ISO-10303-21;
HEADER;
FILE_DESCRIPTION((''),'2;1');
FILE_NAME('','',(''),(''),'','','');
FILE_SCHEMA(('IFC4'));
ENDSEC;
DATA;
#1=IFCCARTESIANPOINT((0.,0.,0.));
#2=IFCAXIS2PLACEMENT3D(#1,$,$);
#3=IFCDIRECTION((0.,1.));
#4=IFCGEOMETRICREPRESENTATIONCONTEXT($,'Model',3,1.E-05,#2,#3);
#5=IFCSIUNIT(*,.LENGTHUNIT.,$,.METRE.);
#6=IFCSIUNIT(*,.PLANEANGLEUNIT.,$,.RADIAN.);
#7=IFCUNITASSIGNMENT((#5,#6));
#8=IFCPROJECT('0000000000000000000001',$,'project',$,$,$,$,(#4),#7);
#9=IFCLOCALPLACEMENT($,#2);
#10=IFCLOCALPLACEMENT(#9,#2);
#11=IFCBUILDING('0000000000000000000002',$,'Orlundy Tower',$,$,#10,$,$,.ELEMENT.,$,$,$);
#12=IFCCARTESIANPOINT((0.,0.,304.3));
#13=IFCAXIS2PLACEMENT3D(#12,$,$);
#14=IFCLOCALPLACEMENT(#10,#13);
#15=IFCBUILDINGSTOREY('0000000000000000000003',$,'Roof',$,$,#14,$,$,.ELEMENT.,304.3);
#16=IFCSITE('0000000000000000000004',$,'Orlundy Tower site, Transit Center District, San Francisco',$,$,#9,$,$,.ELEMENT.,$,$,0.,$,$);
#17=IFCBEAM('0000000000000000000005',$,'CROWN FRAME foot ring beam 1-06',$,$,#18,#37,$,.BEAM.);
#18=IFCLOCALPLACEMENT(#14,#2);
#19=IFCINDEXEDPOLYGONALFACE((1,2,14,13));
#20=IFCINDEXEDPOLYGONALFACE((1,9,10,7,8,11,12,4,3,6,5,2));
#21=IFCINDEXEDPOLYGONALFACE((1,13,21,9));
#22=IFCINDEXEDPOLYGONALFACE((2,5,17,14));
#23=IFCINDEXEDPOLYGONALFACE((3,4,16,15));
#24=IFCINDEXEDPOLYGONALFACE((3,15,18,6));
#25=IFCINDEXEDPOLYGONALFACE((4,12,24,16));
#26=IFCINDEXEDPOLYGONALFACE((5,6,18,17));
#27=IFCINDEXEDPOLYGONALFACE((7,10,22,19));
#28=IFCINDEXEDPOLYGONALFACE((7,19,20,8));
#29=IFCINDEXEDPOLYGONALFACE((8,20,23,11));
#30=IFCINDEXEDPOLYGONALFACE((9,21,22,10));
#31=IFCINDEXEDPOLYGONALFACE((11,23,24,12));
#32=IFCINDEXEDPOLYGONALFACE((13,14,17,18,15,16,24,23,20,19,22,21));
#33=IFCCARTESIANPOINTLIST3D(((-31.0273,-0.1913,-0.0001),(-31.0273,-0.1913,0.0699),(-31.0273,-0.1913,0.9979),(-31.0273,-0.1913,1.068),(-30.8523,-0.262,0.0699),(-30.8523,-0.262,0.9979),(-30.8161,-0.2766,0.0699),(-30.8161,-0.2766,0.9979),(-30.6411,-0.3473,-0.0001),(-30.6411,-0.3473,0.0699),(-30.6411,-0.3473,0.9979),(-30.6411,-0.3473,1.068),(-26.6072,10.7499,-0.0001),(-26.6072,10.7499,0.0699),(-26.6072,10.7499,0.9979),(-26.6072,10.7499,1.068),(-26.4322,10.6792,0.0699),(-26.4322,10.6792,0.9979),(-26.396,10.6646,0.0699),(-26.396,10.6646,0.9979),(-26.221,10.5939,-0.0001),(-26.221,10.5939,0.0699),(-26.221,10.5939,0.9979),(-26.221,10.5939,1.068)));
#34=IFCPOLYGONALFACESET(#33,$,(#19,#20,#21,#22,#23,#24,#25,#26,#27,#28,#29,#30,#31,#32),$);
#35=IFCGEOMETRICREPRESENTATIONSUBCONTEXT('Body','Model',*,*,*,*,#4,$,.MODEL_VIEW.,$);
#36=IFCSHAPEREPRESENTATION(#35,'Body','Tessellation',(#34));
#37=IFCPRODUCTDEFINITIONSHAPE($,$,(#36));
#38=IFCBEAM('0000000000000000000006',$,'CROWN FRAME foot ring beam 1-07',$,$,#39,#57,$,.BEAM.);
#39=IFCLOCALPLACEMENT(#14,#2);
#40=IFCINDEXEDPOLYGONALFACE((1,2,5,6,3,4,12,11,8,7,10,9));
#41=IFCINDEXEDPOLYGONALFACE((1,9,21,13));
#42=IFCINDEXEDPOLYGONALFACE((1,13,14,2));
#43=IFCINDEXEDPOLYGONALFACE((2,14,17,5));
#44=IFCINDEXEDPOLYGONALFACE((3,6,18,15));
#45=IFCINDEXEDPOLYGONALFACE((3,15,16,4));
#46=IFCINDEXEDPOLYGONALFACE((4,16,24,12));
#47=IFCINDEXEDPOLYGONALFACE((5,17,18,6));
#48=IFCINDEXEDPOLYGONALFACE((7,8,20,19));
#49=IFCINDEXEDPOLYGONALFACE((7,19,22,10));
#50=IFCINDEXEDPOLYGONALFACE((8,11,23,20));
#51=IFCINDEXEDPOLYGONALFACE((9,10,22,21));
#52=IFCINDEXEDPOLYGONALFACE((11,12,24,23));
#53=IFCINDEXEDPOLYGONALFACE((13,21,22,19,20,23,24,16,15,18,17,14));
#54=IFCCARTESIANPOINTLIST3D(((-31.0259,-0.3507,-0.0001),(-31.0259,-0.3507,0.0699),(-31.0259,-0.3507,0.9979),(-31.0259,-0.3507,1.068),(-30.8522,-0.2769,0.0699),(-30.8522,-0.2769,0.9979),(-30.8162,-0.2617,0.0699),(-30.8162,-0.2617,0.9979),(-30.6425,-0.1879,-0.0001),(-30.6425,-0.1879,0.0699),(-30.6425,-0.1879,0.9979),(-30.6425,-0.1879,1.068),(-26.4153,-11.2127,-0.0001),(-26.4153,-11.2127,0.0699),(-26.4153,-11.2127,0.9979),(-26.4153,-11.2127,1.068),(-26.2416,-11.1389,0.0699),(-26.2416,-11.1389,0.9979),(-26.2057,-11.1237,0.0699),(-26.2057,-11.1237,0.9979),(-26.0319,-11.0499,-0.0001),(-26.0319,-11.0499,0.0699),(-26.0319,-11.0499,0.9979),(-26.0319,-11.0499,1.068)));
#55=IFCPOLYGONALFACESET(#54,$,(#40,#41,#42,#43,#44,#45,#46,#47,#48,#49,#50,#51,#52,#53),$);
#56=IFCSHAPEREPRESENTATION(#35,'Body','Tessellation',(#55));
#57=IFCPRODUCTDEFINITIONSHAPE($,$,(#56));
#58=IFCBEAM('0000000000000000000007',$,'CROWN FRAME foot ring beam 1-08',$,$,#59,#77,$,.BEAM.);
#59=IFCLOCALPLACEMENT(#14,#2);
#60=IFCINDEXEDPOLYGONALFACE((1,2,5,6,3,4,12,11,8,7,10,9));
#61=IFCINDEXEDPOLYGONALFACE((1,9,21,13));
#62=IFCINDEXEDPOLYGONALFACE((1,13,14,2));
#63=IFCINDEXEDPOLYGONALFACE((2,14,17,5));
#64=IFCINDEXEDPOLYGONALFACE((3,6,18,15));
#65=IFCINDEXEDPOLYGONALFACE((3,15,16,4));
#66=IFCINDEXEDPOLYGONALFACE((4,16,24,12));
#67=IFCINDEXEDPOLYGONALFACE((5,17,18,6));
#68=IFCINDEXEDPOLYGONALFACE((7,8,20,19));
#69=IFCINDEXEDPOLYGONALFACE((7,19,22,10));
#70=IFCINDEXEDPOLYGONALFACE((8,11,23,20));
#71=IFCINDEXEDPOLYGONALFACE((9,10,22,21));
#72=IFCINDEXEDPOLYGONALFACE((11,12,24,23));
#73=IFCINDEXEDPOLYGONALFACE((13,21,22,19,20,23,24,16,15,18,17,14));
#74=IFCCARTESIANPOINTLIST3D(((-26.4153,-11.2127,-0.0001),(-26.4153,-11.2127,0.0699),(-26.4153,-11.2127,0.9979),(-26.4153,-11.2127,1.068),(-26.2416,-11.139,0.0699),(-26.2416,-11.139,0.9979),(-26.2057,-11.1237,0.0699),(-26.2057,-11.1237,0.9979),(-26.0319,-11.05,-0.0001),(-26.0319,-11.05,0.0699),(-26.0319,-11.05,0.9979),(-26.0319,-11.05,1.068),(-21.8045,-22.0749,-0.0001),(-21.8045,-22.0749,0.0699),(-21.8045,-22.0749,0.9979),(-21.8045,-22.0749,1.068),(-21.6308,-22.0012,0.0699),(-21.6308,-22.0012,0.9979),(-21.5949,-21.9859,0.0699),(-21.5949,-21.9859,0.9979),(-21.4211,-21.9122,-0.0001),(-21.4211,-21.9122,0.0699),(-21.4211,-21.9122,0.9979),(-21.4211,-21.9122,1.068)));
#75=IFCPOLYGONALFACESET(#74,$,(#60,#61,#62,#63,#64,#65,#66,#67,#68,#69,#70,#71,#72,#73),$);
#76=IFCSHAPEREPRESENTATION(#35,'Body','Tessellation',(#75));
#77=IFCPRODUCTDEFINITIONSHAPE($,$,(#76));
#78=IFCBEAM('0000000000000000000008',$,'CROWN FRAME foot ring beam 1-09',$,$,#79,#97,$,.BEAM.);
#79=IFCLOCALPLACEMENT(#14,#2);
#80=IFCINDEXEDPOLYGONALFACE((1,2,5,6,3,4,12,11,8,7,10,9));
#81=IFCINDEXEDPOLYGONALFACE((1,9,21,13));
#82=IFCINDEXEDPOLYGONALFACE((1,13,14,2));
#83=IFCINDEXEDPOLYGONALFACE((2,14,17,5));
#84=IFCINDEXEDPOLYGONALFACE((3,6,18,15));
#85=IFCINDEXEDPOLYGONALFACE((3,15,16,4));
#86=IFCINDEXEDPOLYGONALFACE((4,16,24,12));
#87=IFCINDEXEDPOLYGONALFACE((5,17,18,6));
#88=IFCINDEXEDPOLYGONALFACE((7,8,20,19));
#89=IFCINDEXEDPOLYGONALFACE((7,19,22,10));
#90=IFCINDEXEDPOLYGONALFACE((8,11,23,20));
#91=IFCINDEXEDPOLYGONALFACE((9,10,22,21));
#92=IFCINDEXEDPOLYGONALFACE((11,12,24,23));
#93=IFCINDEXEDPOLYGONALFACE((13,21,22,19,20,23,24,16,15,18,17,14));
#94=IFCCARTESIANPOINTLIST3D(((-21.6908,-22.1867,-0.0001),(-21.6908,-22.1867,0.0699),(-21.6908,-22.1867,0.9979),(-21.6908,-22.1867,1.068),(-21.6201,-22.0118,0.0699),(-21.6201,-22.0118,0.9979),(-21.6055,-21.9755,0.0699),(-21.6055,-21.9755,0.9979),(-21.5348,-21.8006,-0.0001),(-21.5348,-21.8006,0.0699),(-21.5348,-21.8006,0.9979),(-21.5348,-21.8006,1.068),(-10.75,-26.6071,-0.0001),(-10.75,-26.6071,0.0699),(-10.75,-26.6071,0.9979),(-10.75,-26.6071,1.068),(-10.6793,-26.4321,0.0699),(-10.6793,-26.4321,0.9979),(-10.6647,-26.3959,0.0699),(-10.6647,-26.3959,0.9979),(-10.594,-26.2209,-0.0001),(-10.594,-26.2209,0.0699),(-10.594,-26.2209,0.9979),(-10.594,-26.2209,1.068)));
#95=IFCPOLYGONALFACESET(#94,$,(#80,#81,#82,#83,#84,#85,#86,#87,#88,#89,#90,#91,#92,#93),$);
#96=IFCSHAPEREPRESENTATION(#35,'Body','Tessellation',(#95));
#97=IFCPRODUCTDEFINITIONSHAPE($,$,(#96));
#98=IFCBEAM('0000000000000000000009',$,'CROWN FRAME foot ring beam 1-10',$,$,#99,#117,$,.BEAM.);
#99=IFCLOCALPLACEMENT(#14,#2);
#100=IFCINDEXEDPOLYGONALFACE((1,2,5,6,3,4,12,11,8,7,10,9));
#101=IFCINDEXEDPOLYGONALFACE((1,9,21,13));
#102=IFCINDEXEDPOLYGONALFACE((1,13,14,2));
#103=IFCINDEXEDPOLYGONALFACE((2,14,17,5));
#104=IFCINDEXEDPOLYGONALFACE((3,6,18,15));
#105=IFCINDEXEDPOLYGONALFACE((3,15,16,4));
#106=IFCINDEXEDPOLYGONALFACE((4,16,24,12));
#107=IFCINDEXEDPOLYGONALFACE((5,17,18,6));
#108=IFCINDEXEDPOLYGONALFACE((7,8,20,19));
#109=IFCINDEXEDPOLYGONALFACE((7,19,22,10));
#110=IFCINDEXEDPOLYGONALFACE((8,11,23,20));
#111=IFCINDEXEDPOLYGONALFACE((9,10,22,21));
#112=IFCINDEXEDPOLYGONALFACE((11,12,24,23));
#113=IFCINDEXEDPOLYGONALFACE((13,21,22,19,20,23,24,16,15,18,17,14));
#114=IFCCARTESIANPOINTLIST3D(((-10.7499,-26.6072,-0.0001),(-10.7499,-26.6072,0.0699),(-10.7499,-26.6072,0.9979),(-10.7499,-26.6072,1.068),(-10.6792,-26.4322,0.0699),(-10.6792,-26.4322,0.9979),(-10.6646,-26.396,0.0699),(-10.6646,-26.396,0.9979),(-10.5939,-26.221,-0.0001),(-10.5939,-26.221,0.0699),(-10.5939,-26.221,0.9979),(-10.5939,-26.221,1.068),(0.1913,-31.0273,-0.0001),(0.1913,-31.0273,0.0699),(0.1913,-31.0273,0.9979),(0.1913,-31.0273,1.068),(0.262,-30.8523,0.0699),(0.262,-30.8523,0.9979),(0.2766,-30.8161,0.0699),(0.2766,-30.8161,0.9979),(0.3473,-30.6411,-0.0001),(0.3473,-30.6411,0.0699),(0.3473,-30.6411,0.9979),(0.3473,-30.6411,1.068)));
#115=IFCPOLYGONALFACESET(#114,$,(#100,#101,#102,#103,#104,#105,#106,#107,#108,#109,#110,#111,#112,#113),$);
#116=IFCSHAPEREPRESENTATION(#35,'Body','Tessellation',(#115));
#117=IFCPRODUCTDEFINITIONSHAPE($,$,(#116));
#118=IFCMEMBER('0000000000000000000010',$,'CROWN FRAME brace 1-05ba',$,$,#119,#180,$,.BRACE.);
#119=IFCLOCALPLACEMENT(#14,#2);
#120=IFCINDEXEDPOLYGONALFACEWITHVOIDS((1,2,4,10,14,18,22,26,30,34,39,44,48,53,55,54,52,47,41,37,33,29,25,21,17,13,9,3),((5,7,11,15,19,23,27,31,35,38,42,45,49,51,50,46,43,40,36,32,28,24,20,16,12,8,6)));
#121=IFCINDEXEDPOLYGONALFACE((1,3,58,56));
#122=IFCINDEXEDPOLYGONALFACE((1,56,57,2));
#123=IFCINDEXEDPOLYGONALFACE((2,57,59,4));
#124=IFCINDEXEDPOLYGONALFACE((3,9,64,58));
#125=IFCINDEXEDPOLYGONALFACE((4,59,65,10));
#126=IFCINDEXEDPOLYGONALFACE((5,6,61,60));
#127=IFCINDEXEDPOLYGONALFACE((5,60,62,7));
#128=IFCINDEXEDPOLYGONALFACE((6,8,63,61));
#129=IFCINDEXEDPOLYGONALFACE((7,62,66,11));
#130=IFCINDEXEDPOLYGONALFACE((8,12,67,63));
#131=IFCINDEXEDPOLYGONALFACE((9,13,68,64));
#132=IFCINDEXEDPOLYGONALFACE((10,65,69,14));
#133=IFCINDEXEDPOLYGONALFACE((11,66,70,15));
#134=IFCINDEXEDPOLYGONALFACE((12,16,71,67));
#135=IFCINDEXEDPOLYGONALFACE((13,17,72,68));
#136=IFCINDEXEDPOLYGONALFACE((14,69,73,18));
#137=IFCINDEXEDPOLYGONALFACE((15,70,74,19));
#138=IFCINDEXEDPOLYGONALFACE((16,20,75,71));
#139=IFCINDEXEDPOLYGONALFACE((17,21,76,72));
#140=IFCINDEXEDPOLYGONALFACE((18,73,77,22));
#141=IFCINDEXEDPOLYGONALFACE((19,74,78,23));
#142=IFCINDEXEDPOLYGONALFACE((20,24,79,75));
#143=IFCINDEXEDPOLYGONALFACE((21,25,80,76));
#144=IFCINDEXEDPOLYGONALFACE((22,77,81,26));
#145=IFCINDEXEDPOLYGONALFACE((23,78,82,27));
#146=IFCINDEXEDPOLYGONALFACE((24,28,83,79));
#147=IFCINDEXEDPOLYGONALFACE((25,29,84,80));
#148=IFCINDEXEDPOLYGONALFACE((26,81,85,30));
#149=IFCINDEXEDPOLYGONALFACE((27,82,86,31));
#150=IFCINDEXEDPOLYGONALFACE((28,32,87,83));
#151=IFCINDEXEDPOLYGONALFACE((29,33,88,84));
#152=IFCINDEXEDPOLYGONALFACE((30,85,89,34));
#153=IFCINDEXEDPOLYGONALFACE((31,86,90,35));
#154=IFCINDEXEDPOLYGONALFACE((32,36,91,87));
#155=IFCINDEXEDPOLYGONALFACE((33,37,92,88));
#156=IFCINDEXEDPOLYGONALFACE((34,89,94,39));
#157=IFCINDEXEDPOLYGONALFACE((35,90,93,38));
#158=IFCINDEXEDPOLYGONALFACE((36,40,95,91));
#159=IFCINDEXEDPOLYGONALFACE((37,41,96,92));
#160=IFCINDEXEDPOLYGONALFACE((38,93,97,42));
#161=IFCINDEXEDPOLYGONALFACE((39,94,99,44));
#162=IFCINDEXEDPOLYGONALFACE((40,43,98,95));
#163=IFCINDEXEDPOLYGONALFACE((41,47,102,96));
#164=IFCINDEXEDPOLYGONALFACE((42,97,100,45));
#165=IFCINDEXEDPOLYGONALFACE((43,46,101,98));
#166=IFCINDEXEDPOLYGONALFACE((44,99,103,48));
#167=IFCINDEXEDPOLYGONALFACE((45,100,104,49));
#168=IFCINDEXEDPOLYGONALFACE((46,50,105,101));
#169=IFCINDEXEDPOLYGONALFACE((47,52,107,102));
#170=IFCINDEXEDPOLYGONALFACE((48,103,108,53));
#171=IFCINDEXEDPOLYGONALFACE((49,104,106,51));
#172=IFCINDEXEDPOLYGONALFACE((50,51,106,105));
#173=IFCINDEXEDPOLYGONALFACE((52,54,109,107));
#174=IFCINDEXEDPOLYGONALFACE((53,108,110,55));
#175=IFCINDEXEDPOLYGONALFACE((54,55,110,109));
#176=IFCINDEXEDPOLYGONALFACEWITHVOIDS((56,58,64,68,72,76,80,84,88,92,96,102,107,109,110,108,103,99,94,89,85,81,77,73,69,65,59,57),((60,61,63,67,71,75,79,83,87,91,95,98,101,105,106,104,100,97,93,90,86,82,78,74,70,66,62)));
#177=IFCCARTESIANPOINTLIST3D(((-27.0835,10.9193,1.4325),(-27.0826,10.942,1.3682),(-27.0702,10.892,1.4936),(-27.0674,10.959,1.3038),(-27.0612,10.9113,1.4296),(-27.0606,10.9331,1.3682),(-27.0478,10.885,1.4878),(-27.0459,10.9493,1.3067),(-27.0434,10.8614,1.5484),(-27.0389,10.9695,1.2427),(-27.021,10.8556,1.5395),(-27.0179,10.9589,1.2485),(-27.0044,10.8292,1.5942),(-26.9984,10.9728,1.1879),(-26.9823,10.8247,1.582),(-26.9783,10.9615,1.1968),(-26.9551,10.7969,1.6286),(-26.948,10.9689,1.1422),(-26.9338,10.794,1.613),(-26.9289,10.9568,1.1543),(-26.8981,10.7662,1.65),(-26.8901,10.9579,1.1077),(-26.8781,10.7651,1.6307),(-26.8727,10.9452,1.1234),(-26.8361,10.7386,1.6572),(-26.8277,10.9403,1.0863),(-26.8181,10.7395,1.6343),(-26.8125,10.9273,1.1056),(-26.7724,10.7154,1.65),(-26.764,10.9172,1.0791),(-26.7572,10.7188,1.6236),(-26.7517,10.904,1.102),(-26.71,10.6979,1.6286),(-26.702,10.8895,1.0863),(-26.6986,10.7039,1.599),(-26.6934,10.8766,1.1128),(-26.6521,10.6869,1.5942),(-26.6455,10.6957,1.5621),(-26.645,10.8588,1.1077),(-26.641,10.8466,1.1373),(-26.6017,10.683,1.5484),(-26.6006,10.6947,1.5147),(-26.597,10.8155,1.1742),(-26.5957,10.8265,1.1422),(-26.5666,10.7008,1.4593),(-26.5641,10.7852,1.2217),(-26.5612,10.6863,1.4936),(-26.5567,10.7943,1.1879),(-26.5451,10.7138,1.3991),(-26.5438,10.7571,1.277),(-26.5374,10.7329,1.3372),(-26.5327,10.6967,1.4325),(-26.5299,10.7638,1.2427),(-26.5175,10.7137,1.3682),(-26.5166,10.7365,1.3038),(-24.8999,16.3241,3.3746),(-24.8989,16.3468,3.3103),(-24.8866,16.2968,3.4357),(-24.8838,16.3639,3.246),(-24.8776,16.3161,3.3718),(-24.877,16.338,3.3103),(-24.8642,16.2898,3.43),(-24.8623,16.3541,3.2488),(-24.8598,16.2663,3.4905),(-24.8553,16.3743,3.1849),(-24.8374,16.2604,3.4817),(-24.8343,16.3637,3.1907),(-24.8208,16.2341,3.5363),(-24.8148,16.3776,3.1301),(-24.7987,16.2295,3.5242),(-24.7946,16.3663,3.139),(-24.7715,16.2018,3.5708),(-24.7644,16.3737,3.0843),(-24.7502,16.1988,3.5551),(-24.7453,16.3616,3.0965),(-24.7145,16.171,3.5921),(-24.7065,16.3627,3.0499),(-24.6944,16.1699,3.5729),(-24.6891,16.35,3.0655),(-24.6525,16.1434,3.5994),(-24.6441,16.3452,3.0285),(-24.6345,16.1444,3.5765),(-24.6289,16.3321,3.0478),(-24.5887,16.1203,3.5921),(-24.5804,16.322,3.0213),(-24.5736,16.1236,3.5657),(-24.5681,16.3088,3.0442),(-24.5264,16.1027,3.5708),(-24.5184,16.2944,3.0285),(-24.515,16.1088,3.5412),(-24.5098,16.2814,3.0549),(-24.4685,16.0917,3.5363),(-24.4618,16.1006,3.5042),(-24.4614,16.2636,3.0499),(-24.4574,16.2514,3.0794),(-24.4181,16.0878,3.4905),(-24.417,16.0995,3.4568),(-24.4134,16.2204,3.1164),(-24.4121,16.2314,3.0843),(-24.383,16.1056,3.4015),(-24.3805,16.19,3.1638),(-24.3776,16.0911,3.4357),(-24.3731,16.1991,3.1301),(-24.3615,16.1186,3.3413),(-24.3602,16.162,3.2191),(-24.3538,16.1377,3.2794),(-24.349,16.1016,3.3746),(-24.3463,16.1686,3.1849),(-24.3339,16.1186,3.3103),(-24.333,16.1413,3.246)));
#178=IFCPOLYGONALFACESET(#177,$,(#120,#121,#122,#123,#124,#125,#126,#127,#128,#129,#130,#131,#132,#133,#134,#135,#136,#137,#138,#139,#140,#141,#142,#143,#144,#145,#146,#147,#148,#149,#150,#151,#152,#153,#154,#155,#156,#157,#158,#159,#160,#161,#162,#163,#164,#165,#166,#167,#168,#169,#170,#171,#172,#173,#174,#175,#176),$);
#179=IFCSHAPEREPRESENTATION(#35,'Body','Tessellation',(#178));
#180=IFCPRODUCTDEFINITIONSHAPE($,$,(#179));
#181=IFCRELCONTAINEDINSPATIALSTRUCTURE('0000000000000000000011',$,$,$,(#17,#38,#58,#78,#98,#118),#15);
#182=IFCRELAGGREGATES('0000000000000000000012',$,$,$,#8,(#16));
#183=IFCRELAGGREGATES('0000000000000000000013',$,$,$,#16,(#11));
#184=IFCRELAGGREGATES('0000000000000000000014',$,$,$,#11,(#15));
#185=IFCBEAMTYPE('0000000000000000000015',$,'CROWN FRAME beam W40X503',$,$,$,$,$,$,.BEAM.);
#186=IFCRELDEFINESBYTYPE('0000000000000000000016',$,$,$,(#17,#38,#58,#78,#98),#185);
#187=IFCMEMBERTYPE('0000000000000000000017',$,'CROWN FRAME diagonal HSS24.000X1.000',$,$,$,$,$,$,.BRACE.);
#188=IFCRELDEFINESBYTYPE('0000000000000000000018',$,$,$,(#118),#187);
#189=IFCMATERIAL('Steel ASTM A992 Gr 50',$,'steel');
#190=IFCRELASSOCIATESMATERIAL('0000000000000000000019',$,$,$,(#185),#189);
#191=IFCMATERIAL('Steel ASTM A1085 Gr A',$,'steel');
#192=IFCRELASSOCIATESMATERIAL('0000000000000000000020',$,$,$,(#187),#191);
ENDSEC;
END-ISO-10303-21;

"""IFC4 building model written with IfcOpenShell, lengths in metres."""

from ifc_helpers import new_model, si_unit, direction, frame, origin, origin_2d, place, context, subcontext, project, spatial, hollow_circle, i_section, extrude, material, material_profile, profile_set, type_object, element, save


model = new_model("IFC4")

# Units and contexts
model_context = context("Model", 3, precision=1e-05, world=origin(), true_north=direction((0.0, 1.0)))
body_context = subcontext(model_context, "Body", "Model", "MODEL_VIEW")
ifc_project = project(units=[si_unit("LENGTHUNIT", "METRE"), si_unit("PLANEANGLEUNIT", "RADIAN")], contexts=[model_context])

# Site, building, storey
site_placement = place(None, origin())
site = spatial("IfcSite", under=ifc_project, at=site_placement, Name="Orlundy Tower site, Transit Center District, San Francisco", CompositionType="ELEMENT", RefElevation=0.0)
building_placement = place(site_placement, origin())
building = spatial("IfcBuilding", under=site, at=building_placement, Name="Orlundy Tower", CompositionType="ELEMENT")
storey_placement = place(building_placement, frame((0.0, 0.0, 304.3)))
storey = spatial("IfcBuildingStorey", under=building, at=storey_placement, Name="Roof", CompositionType="ELEMENT", Elevation=304.3)

# Beams
ifc_material_1 = material(Name="Steel ASTM A992 Gr 50", Category="steel")
ifc_material_profile_1 = material_profile(ifc_material_1, i_section(OverallWidth=0.4165, OverallDepth=1.0681, WebThickness=0.0391, FlangeThickness=0.0701, at=origin_2d()), Name="W40X503")
ifc_profile_set_1 = profile_set([ifc_material_profile_1], Name="Steel ASTM A992 Gr 50")
beam_type = type_object("IfcBeamType", Name="CROWN FRAME beam W40X503", PredefinedType="BEAM", material=ifc_profile_set_1)
beam_1_placement = place(storey_placement, frame((-26.4141, 10.6719, 0.5339), z_axis=(-0.374581, -0.927194, 0.0), x_axis=(0.927194, -0.374581, 0.0)))
element("IfcBeam", 1, at=beam_1_placement, inside=storey, type_object=beam_type, Name="CROWN FRAME foot ring beam 1-06", PredefinedType="BEAM", context=body_context, shape_type="SweptSolid", body=[
    extrude(i_section(OverallWidth=0.4165, OverallDepth=1.0681, WebThickness=0.0391, FlangeThickness=0.0701, at=origin_2d()), origin(), (0.0, 0.0, 1.0), 11.8003),
])
beam_2_placement = place(storey_placement, frame((-30.8342, -0.2693, 0.5339), z_axis=(0.390726, -0.920507, 0.0), x_axis=(0.920507, 0.390726, 0.0)))
element("IfcBeam", 2, at=beam_2_placement, inside=storey, type_object=beam_type, Name="CROWN FRAME foot ring beam 1-07", PredefinedType="BEAM", context=body_context, shape_type="SweptSolid", body=[
    extrude(i_section(OverallWidth=0.4165, OverallDepth=1.0681, WebThickness=0.0391, FlangeThickness=0.0701, at=origin_2d()), origin(), (0.0, 0.0, 1.0), 11.8),
])
beam_3_placement = place(storey_placement, frame((-26.2236, -11.1313, 0.5339), z_axis=(0.390736, -0.920503, 0.0), x_axis=(0.920503, 0.390736, 0.0)))
element("IfcBeam", 3, at=beam_3_placement, inside=storey, type_object=beam_type, Name="CROWN FRAME foot ring beam 1-08", PredefinedType="BEAM", context=body_context, shape_type="SweptSolid", body=[
    extrude(i_section(OverallWidth=0.4165, OverallDepth=1.0681, WebThickness=0.0391, FlangeThickness=0.0701, at=origin_2d()), origin(), (0.0, 0.0, 1.0), 11.8003),
])
beam_4_placement = place(storey_placement, frame((-21.6128, -21.9937, 0.5339), z_axis=(0.927184, -0.374606, 0.0), x_axis=(0.374606, 0.927184, 0.0)))
element("IfcBeam", 4, at=beam_4_placement, inside=storey, type_object=beam_type, Name="CROWN FRAME foot ring beam 1-09", PredefinedType="BEAM", context=body_context, shape_type="SweptSolid", body=[
    extrude(i_section(OverallWidth=0.4165, OverallDepth=1.0681, WebThickness=0.0391, FlangeThickness=0.0701, at=origin_2d()), origin(), (0.0, 0.0, 1.0), 11.8),
])
beam_5_placement = place(storey_placement, frame((-10.6719, -26.4141, 0.5339), z_axis=(0.927194, -0.374581, 0.0), x_axis=(0.374581, 0.927194, 0.0)))
element("IfcBeam", 5, at=beam_5_placement, inside=storey, type_object=beam_type, Name="CROWN FRAME foot ring beam 1-10", PredefinedType="BEAM", context=body_context, shape_type="SweptSolid", body=[
    extrude(i_section(OverallWidth=0.4165, OverallDepth=1.0681, WebThickness=0.0391, FlangeThickness=0.0701, at=origin_2d()), origin(), (0.0, 0.0, 1.0), 11.8003),
])

# Member
ifc_material_2 = material(Name="Steel ASTM A1085 Gr A", Category="steel")
ifc_material_profile_2 = material_profile(ifc_material_2, hollow_circle(Radius=0.3047, WallThickness=0.0237, at=origin_2d()), Name="HSS24.000X1.000")
ifc_profile_set_2 = profile_set([ifc_material_profile_2], Name="Steel ASTM A1085 Gr A")
member_type_1 = type_object("IfcMemberType", Name="CROWN FRAME diagonal HSS24.000X1.000", PredefinedType="BRACE", material=ifc_profile_set_2)
for number, where, z_axis, x_axis, name in (
    (6, (-26.8, 10.8279, 1.3682), (0.355389, 0.879651, 0.316091), (-0.927189, 0.374595, 0.0), "CROWN FRAME brace 1-05ba"),
):
    element("IfcMember", number, at=place(storey_placement, frame(where, z_axis=z_axis, x_axis=x_axis)), inside=storey, type_object=member_type_1, Name=name, PredefinedType="BRACE", context=body_context, shape_type="SweptSolid", body=[
        extrude(hollow_circle(Radius=0.3047, WallThickness=0.0237, at=origin_2d()), origin(), (0.0, 0.0, 1.0), 6.1443),
    ])

save(model, "model.ifc")
